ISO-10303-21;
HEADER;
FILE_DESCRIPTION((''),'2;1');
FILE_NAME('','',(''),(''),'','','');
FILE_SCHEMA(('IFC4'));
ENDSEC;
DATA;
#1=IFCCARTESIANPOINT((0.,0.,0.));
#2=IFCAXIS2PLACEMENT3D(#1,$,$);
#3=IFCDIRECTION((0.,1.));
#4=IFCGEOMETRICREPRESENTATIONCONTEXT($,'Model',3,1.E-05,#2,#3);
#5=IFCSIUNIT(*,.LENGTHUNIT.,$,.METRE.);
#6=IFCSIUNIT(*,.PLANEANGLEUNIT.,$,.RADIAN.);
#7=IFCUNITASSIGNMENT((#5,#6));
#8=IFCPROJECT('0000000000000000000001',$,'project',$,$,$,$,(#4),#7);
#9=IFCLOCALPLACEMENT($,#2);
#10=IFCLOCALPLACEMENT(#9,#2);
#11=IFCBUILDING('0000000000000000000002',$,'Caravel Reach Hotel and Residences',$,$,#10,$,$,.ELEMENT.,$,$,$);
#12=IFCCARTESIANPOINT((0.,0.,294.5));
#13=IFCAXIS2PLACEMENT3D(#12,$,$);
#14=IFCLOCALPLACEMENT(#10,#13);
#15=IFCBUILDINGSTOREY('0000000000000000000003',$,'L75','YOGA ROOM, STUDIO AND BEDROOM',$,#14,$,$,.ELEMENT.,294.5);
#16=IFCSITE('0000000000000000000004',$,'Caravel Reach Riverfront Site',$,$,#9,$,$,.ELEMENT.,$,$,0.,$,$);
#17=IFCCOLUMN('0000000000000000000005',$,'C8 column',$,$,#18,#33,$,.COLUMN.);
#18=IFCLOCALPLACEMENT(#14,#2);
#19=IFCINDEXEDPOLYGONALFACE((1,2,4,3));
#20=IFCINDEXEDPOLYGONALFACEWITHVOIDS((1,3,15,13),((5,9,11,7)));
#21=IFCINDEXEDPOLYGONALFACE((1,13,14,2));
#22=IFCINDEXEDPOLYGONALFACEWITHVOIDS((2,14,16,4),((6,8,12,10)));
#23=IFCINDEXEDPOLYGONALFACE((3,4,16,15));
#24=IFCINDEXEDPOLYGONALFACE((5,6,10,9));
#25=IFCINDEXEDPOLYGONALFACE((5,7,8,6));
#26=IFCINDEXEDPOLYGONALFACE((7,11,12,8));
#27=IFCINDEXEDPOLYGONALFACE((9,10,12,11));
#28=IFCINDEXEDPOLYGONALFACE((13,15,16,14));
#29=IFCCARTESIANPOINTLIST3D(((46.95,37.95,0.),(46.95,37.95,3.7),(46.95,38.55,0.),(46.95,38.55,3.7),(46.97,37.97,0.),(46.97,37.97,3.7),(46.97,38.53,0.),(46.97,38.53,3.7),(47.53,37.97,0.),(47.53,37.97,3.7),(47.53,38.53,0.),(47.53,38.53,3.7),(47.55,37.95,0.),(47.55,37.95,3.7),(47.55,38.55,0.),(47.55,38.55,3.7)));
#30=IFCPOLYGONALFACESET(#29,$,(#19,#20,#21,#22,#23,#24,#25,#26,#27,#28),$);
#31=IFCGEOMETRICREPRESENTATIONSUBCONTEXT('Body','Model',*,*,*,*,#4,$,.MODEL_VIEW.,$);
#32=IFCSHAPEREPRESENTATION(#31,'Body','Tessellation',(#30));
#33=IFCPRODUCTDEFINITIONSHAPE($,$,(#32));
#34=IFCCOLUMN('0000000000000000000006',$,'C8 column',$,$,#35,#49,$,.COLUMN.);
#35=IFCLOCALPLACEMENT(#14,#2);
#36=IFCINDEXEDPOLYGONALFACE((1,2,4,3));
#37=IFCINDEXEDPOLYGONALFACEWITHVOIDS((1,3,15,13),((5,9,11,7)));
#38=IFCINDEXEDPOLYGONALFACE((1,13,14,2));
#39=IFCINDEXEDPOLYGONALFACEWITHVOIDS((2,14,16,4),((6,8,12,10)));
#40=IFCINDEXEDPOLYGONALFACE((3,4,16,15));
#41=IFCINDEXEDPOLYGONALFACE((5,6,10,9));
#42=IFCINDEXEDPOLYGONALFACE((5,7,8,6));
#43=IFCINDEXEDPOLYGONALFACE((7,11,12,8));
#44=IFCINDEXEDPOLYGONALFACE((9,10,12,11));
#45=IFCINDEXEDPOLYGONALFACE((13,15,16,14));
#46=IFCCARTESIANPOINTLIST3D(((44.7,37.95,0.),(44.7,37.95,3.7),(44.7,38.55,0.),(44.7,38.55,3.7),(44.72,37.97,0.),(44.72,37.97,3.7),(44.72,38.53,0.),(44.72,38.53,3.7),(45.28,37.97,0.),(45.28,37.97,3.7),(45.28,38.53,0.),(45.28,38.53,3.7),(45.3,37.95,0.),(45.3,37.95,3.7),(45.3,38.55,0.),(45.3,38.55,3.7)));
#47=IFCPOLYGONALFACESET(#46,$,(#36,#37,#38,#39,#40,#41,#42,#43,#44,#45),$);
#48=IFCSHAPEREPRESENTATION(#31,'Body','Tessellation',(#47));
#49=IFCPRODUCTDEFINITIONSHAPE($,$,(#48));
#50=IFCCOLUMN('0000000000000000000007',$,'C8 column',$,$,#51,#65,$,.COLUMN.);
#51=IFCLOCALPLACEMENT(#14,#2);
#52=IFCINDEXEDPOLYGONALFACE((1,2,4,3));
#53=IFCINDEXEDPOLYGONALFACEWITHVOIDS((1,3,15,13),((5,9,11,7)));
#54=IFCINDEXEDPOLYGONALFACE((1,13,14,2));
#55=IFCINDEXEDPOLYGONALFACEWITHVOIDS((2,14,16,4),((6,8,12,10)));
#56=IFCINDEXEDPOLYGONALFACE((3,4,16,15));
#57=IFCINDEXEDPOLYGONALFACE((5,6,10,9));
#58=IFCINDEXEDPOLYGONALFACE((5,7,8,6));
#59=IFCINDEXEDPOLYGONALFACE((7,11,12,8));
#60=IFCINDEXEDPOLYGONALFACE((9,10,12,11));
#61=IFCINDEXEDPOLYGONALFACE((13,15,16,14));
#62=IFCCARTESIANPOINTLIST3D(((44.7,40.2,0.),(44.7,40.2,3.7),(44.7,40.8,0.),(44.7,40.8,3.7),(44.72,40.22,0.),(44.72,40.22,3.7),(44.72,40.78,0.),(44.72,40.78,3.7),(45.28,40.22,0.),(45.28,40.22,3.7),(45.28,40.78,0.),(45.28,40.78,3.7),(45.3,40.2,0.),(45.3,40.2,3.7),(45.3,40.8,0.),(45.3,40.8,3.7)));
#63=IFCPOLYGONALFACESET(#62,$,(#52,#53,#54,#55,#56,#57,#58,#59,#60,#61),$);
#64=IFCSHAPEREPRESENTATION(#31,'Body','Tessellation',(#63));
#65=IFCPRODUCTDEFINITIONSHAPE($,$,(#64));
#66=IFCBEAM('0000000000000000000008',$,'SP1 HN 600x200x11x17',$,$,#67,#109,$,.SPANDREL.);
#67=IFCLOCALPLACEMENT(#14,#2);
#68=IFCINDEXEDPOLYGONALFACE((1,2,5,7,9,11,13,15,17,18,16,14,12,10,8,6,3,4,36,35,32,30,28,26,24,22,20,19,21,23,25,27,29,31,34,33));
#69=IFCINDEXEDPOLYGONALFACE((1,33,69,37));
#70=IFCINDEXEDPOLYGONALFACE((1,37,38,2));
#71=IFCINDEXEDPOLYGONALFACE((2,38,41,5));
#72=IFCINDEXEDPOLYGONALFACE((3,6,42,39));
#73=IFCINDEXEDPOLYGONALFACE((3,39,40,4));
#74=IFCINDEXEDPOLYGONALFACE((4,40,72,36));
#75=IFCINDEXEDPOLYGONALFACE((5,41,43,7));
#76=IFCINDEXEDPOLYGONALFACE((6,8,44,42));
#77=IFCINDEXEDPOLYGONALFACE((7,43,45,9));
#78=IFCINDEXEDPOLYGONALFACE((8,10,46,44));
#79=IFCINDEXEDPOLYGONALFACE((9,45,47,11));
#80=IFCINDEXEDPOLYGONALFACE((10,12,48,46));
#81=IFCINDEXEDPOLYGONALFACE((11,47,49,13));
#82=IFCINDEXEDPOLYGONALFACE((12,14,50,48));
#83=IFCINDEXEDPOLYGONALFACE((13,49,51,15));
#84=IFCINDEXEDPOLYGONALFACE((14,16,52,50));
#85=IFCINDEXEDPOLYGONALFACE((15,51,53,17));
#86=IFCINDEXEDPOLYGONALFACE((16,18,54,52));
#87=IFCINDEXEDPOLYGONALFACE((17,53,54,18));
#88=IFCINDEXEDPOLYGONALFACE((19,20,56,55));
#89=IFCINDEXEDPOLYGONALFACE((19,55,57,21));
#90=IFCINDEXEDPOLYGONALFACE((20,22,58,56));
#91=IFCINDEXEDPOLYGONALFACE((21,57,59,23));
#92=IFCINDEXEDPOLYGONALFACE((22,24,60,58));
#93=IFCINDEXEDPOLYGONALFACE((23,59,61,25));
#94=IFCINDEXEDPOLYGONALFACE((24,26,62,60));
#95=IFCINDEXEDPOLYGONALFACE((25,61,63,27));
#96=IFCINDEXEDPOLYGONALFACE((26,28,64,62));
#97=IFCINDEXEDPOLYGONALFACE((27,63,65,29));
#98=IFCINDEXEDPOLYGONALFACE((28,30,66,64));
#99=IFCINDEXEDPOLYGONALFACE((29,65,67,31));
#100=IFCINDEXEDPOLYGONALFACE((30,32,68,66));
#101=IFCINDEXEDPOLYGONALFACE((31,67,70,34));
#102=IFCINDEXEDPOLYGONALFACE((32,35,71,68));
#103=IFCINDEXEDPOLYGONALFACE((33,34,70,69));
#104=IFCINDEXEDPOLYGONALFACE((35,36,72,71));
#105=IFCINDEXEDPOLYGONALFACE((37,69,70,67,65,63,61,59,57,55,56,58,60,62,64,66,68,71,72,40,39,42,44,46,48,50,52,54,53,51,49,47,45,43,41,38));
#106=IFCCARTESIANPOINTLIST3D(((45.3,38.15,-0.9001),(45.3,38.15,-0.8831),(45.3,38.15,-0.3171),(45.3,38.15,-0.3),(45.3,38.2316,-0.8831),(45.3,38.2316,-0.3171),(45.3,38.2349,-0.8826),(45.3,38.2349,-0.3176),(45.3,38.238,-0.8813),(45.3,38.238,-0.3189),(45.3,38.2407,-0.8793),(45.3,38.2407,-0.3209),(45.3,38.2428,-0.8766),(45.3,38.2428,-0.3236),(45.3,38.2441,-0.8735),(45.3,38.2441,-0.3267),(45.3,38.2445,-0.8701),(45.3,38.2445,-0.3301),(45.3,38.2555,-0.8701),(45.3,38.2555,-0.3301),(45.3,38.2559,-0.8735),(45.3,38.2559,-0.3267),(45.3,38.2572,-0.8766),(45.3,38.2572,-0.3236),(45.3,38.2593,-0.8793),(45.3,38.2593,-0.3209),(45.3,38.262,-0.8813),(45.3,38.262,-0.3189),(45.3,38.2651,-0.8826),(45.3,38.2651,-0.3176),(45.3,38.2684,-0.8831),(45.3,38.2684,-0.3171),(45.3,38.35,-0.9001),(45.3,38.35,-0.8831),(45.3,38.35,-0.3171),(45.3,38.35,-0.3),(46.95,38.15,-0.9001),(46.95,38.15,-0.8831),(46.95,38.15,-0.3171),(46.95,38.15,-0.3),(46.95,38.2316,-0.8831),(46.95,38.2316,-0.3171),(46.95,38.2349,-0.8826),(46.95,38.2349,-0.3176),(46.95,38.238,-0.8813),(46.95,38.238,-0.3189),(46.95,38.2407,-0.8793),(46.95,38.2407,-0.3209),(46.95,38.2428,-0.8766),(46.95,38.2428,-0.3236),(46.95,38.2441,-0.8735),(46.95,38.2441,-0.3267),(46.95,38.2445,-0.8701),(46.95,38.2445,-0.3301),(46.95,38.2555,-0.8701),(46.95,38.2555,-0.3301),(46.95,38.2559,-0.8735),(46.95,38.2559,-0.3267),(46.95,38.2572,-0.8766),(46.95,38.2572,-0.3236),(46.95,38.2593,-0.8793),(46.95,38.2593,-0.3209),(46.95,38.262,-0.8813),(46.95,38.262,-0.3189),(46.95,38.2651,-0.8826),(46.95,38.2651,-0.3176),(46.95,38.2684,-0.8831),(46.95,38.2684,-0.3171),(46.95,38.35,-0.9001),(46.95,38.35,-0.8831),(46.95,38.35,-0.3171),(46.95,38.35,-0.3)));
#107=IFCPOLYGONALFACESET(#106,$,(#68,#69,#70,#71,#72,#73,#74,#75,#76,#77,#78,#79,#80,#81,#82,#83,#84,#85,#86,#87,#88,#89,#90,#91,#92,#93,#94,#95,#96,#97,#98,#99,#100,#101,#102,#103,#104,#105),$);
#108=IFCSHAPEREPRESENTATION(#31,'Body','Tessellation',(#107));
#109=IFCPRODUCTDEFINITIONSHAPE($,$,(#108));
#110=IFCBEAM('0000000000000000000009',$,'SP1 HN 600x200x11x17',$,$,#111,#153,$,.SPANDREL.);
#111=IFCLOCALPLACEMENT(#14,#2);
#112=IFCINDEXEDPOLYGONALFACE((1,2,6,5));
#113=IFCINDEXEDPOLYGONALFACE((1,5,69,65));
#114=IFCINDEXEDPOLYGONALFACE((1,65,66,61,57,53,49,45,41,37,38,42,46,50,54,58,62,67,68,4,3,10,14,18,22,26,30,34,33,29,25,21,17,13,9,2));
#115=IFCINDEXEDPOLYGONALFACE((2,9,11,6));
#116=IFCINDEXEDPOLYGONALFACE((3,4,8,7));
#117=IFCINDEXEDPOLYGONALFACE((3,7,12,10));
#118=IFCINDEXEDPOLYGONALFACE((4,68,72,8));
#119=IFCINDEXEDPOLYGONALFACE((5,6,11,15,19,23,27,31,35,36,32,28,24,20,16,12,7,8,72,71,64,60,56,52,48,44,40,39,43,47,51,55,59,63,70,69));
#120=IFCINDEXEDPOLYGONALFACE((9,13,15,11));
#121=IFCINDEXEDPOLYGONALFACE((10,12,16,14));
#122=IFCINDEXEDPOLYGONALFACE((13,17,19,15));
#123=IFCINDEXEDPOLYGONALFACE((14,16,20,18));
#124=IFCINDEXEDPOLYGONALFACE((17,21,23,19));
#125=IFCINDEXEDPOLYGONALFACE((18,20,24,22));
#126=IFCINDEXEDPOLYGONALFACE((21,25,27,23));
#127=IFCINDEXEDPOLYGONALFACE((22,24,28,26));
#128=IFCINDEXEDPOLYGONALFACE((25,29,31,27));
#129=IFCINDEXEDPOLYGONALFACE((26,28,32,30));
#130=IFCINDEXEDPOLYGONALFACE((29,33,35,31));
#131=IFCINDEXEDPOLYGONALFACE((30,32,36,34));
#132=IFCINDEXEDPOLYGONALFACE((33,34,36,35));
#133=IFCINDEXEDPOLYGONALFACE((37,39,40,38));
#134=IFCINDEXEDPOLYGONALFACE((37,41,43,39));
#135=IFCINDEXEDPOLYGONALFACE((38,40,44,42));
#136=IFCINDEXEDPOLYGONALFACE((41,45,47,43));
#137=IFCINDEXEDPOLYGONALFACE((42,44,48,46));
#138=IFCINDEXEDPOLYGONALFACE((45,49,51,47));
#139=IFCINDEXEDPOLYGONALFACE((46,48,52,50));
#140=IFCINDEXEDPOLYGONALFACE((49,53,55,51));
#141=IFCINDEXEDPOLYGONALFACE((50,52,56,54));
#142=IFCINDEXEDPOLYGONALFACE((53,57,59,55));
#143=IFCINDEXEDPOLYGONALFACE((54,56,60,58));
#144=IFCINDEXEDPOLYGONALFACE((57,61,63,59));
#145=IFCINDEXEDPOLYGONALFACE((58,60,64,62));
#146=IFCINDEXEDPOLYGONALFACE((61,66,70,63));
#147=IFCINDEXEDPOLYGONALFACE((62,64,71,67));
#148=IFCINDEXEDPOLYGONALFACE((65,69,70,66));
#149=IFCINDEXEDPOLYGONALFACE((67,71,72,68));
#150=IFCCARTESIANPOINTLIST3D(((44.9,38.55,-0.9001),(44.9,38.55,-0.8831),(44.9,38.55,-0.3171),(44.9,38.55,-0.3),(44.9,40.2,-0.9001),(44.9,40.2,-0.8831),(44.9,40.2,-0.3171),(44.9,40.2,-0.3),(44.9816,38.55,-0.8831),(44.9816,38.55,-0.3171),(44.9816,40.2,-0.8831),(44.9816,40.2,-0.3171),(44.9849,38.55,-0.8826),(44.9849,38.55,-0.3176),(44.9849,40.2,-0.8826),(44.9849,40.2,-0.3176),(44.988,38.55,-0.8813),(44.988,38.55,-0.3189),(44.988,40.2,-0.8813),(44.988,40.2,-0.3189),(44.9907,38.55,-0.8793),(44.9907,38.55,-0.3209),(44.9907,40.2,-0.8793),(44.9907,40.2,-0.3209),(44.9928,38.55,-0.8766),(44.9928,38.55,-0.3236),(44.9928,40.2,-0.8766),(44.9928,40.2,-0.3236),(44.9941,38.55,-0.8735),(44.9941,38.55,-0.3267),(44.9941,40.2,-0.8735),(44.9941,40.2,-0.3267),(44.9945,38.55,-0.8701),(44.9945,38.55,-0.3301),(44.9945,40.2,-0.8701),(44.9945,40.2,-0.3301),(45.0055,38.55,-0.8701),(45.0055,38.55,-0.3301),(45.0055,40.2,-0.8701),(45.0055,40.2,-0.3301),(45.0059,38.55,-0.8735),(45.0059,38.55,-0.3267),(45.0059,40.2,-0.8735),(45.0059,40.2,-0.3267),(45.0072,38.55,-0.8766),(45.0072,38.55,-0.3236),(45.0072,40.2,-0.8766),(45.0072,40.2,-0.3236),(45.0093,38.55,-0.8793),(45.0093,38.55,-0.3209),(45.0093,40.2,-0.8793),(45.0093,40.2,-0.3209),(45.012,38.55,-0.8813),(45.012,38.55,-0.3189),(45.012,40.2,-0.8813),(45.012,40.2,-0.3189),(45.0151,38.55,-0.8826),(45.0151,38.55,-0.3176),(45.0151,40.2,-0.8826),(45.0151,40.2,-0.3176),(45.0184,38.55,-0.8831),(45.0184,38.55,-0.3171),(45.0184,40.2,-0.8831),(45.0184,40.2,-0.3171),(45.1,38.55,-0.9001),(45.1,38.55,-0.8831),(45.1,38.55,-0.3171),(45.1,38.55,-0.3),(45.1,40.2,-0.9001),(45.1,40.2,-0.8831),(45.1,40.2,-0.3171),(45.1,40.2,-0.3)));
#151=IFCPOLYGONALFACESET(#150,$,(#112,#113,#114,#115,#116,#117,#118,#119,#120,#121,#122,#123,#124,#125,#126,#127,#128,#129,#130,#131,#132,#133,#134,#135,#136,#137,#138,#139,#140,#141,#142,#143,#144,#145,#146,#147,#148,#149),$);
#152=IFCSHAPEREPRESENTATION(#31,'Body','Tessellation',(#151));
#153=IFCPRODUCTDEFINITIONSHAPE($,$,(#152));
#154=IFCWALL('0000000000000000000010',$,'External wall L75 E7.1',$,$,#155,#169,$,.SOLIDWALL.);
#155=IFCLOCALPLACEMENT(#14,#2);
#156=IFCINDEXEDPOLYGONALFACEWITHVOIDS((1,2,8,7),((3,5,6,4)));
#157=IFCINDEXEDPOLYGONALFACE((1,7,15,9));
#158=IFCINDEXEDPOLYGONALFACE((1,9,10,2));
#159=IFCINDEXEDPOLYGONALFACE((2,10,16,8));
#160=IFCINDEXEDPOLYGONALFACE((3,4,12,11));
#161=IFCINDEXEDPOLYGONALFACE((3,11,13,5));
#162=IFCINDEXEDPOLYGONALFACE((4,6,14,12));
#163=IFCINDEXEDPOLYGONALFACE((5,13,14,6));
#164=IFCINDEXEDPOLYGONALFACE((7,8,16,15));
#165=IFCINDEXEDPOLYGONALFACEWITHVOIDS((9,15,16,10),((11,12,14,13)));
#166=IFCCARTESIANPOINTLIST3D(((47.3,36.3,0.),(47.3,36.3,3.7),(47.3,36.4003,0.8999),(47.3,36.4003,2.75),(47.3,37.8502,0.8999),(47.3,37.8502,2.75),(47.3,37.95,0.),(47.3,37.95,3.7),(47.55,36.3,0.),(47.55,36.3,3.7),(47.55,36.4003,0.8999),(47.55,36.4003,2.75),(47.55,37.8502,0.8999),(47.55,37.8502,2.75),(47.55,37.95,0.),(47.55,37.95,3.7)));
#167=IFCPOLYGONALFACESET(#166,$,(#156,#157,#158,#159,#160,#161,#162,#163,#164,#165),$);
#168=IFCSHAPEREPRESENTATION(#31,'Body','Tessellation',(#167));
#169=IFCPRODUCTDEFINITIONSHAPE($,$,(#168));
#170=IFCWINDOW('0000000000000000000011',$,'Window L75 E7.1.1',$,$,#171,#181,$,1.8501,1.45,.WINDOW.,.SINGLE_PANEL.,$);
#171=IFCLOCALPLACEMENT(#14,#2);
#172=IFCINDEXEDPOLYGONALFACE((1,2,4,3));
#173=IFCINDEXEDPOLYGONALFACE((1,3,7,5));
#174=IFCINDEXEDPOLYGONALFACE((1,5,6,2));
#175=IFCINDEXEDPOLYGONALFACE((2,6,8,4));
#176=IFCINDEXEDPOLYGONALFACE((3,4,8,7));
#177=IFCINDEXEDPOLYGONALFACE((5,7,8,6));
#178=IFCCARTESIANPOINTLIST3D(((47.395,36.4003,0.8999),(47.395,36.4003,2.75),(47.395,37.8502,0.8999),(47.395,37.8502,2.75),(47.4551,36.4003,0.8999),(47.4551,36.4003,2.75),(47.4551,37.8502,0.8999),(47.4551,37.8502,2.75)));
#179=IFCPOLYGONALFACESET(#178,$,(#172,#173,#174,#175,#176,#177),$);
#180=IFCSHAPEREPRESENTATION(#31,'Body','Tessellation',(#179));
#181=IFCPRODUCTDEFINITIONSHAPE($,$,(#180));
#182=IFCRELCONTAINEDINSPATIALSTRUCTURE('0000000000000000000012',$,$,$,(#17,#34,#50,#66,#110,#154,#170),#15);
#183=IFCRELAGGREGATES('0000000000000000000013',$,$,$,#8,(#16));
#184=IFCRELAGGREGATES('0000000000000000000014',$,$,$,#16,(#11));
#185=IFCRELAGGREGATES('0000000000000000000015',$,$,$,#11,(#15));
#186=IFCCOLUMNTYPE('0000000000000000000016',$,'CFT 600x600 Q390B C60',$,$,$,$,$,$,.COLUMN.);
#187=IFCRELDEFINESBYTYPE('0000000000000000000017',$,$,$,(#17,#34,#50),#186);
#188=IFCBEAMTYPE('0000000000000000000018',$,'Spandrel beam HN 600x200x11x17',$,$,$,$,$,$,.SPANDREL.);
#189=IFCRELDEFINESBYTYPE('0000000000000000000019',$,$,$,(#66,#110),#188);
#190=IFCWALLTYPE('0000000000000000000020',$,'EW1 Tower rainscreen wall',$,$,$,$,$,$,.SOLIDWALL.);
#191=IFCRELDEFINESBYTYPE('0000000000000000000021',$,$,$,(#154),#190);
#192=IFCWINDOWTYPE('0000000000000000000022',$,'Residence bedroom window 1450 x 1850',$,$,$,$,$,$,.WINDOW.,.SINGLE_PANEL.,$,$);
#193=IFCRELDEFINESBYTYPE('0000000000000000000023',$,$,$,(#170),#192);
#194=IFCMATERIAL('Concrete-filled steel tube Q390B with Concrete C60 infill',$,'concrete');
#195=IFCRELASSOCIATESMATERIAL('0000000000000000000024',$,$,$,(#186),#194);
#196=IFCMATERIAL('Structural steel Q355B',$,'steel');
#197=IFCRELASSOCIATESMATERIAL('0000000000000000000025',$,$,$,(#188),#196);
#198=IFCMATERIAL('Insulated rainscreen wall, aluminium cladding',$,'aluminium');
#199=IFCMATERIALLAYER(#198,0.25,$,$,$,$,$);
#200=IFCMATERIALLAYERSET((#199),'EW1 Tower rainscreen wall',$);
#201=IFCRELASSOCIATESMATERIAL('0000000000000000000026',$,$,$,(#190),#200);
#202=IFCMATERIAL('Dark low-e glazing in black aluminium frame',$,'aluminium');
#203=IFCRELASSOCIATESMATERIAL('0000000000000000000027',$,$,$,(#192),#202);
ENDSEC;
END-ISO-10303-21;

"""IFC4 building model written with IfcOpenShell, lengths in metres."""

from ifc_helpers import new_model, si_unit, direction, frame, frame_2d, origin, origin_2d, place, context, subcontext, project, spatial, rectangle, hollow_rectangle, i_section, extrude, material, layer, layer_set, material_profile, profile_set, type_object, element, fill, save


model = new_model("IFC4")

# Units and contexts
model_context = context("Model", 3, precision=1e-05, world=origin(), true_north=direction((0.0, 1.0)))
body_context = subcontext(model_context, "Body", "Model", "MODEL_VIEW")
ifc_project = project(units=[si_unit("LENGTHUNIT", "METRE"), si_unit("PLANEANGLEUNIT", "RADIAN")], contexts=[model_context])

# Site, building, storey
site_placement = place(None, origin())
site = spatial("IfcSite", under=ifc_project, at=site_placement, Name="Caravel Reach Riverfront Site", CompositionType="ELEMENT", RefElevation=0.0)
building_placement = place(site_placement, origin())
building = spatial("IfcBuilding", under=site, at=building_placement, Name="Caravel Reach Hotel and Residences", CompositionType="ELEMENT")
storey_placement = place(building_placement, frame((0.0, 0.0, 294.5)))
storey = spatial("IfcBuildingStorey", under=building, at=storey_placement, Name="L75", Description="YOGA ROOM, STUDIO AND BEDROOM", CompositionType="ELEMENT", Elevation=294.5)

# Columns
ifc_material_1 = material(Name="Concrete-filled steel tube Q390B with Concrete C60 infill", Category="concrete")
ifc_material_profile_1 = material_profile(ifc_material_1, hollow_rectangle(XDim=0.6001, YDim=0.6001, WallThickness=0.02, at=origin_2d()), Name="RHS 600x600x20")
ifc_profile_set_1 = profile_set([ifc_material_profile_1], Name="Concrete-filled steel tube Q390B with Concrete C60 infill")
column_type = type_object("IfcColumnType", Name="CFT 600x600 Q390B C60", PredefinedType="COLUMN", material=ifc_profile_set_1)
for number, where, z_axis, x_axis, name in (
    (1, (47.25, 38.25, 0.0), (0.0, 0.0, 1.0), (1.0, 0.0, 0.0), "C8 column"),
    (2, (45.0, 38.25, 0.0), (0.0, 0.0, 1.0), (1.0, 0.0, 0.0), "C8 column"),
    (3, (45.0, 40.5, 0.0), (0.0, 0.0, 1.0), (1.0, 0.0, 0.0), "C8 column"),
):
    element("IfcColumn", number, at=place(storey_placement, frame(where, z_axis=z_axis, x_axis=x_axis)), inside=storey, type_object=column_type, Name=name, PredefinedType="COLUMN", context=body_context, shape_type="SweptSolid", body=[
        extrude(hollow_rectangle(XDim=0.6001, YDim=0.6001, WallThickness=0.02, at=origin_2d()), origin(), (0.0, 0.0, 1.0), 3.7),
    ])

# Beams
ifc_material_2 = material(Name="Structural steel Q355B", Category="steel")
ifc_material_profile_2 = material_profile(ifc_material_2, i_section(OverallWidth=0.2, OverallDepth=0.6001, WebThickness=0.011, FlangeThickness=0.0171, FilletRadius=0.0129, at=origin_2d()), Name="HN 600x200x11x17")
ifc_profile_set_2 = profile_set([ifc_material_profile_2], Name="Structural steel Q355B")
beam_type = type_object("IfcBeamType", Name="Spandrel beam HN 600x200x11x17", PredefinedType="SPANDREL", material=ifc_profile_set_2)
for number, where, z_axis, x_axis, name in (
    (4, (46.95, 38.25, -0.6001), (-1.0, 0.0, 0.0), (0.0, -1.0, 0.0), "SP1 HN 600x200x11x17"),
    (5, (45.0, 38.55, -0.6001), (0.0, 1.0, 0.0), (-1.0, 0.0, 0.0), "SP1 HN 600x200x11x17"),
):
    element("IfcBeam", number, at=place(storey_placement, frame(where, z_axis=z_axis, x_axis=x_axis)), inside=storey, type_object=beam_type, Name=name, PredefinedType="SPANDREL", context=body_context, shape_type="SweptSolid", body=[
        extrude(i_section(OverallWidth=0.2, OverallDepth=0.6001, WebThickness=0.011, FlangeThickness=0.0171, FilletRadius=0.0129, at=origin_2d()), origin(), (0.0, 0.0, 1.0), 1.6499),
    ])

# Wall, opening, window
ifc_material_3 = material(Name="Insulated rainscreen wall, aluminium cladding", Category="aluminium")
ifc_layer = layer(ifc_material_3, 0.25)
ifc_layer_set = layer_set([ifc_layer], Name="EW1 Tower rainscreen wall")
wall_type = type_object("IfcWallType", Name="EW1 Tower rainscreen wall", PredefinedType="SOLIDWALL", material=ifc_layer_set)
wall_1_placement = place(storey_placement, frame((47.425, 36.3, 0.0), z_axis=(0.0, 0.0, 1.0), x_axis=(0.0, 1.0, 0.0)))
wall_1 = element("IfcWall", 6, at=wall_1_placement, inside=storey, type_object=wall_type, Name="External wall L75 E7.1", PredefinedType="SOLIDWALL", context=body_context, shape_type="SweptSolid", body=[
    extrude(rectangle(XDim=1.6499, YDim=0.25, at=frame_2d((0.825, 0.0))), origin(), (0.0, 0.0, 1.0), 3.7),
])
opening_1_placement = place(wall_1_placement, frame((0.1001, 0.0, 0.8999)))
opening_1 = element("IfcOpeningElement", 7, at=opening_1_placement, cuts=wall_1, PredefinedType="OPENING", context=body_context, shape_type="SweptSolid", body=[
    extrude(rectangle(XDim=1.45, YDim=1.8501, at=frame_2d((0.7251, 0.925))), frame((0.0, 0.135, 0.0), z_axis=(0.0, -1.0, 0.0), x_axis=(1.0, 0.0, 0.0)), (0.0, 0.0, 1.0), 0.27),
])
ifc_material_4 = material(Name="Dark low-e glazing in black aluminium frame", Category="aluminium")
window_type_1 = type_object("IfcWindowType", Name="Residence bedroom window 1450 x 1850", PartitioningType="SINGLE_PANEL", PredefinedType="WINDOW", material=ifc_material_4)
window_1_placement = place(opening_1_placement, origin())
window_1 = element("IfcWindow", 8, at=window_1_placement, inside=storey, type_object=window_type_1, Name="Window L75 E7.1.1", OverallHeight=1.8501, OverallWidth=1.45, PartitioningType="SINGLE_PANEL", PredefinedType="WINDOW", context=body_context, shape_type="SweptSolid", body=[
    extrude(rectangle(XDim=1.45, YDim=1.8501, at=frame_2d((0.7251, 0.925))), frame((0.0, 0.03, 0.0), z_axis=(0.0, -1.0, 0.0), x_axis=(1.0, 0.0, 0.0)), (0.0, 0.0, 1.0), 0.0601),
])
fill(opening_1, window_1)

save(model, "model.ifc")
